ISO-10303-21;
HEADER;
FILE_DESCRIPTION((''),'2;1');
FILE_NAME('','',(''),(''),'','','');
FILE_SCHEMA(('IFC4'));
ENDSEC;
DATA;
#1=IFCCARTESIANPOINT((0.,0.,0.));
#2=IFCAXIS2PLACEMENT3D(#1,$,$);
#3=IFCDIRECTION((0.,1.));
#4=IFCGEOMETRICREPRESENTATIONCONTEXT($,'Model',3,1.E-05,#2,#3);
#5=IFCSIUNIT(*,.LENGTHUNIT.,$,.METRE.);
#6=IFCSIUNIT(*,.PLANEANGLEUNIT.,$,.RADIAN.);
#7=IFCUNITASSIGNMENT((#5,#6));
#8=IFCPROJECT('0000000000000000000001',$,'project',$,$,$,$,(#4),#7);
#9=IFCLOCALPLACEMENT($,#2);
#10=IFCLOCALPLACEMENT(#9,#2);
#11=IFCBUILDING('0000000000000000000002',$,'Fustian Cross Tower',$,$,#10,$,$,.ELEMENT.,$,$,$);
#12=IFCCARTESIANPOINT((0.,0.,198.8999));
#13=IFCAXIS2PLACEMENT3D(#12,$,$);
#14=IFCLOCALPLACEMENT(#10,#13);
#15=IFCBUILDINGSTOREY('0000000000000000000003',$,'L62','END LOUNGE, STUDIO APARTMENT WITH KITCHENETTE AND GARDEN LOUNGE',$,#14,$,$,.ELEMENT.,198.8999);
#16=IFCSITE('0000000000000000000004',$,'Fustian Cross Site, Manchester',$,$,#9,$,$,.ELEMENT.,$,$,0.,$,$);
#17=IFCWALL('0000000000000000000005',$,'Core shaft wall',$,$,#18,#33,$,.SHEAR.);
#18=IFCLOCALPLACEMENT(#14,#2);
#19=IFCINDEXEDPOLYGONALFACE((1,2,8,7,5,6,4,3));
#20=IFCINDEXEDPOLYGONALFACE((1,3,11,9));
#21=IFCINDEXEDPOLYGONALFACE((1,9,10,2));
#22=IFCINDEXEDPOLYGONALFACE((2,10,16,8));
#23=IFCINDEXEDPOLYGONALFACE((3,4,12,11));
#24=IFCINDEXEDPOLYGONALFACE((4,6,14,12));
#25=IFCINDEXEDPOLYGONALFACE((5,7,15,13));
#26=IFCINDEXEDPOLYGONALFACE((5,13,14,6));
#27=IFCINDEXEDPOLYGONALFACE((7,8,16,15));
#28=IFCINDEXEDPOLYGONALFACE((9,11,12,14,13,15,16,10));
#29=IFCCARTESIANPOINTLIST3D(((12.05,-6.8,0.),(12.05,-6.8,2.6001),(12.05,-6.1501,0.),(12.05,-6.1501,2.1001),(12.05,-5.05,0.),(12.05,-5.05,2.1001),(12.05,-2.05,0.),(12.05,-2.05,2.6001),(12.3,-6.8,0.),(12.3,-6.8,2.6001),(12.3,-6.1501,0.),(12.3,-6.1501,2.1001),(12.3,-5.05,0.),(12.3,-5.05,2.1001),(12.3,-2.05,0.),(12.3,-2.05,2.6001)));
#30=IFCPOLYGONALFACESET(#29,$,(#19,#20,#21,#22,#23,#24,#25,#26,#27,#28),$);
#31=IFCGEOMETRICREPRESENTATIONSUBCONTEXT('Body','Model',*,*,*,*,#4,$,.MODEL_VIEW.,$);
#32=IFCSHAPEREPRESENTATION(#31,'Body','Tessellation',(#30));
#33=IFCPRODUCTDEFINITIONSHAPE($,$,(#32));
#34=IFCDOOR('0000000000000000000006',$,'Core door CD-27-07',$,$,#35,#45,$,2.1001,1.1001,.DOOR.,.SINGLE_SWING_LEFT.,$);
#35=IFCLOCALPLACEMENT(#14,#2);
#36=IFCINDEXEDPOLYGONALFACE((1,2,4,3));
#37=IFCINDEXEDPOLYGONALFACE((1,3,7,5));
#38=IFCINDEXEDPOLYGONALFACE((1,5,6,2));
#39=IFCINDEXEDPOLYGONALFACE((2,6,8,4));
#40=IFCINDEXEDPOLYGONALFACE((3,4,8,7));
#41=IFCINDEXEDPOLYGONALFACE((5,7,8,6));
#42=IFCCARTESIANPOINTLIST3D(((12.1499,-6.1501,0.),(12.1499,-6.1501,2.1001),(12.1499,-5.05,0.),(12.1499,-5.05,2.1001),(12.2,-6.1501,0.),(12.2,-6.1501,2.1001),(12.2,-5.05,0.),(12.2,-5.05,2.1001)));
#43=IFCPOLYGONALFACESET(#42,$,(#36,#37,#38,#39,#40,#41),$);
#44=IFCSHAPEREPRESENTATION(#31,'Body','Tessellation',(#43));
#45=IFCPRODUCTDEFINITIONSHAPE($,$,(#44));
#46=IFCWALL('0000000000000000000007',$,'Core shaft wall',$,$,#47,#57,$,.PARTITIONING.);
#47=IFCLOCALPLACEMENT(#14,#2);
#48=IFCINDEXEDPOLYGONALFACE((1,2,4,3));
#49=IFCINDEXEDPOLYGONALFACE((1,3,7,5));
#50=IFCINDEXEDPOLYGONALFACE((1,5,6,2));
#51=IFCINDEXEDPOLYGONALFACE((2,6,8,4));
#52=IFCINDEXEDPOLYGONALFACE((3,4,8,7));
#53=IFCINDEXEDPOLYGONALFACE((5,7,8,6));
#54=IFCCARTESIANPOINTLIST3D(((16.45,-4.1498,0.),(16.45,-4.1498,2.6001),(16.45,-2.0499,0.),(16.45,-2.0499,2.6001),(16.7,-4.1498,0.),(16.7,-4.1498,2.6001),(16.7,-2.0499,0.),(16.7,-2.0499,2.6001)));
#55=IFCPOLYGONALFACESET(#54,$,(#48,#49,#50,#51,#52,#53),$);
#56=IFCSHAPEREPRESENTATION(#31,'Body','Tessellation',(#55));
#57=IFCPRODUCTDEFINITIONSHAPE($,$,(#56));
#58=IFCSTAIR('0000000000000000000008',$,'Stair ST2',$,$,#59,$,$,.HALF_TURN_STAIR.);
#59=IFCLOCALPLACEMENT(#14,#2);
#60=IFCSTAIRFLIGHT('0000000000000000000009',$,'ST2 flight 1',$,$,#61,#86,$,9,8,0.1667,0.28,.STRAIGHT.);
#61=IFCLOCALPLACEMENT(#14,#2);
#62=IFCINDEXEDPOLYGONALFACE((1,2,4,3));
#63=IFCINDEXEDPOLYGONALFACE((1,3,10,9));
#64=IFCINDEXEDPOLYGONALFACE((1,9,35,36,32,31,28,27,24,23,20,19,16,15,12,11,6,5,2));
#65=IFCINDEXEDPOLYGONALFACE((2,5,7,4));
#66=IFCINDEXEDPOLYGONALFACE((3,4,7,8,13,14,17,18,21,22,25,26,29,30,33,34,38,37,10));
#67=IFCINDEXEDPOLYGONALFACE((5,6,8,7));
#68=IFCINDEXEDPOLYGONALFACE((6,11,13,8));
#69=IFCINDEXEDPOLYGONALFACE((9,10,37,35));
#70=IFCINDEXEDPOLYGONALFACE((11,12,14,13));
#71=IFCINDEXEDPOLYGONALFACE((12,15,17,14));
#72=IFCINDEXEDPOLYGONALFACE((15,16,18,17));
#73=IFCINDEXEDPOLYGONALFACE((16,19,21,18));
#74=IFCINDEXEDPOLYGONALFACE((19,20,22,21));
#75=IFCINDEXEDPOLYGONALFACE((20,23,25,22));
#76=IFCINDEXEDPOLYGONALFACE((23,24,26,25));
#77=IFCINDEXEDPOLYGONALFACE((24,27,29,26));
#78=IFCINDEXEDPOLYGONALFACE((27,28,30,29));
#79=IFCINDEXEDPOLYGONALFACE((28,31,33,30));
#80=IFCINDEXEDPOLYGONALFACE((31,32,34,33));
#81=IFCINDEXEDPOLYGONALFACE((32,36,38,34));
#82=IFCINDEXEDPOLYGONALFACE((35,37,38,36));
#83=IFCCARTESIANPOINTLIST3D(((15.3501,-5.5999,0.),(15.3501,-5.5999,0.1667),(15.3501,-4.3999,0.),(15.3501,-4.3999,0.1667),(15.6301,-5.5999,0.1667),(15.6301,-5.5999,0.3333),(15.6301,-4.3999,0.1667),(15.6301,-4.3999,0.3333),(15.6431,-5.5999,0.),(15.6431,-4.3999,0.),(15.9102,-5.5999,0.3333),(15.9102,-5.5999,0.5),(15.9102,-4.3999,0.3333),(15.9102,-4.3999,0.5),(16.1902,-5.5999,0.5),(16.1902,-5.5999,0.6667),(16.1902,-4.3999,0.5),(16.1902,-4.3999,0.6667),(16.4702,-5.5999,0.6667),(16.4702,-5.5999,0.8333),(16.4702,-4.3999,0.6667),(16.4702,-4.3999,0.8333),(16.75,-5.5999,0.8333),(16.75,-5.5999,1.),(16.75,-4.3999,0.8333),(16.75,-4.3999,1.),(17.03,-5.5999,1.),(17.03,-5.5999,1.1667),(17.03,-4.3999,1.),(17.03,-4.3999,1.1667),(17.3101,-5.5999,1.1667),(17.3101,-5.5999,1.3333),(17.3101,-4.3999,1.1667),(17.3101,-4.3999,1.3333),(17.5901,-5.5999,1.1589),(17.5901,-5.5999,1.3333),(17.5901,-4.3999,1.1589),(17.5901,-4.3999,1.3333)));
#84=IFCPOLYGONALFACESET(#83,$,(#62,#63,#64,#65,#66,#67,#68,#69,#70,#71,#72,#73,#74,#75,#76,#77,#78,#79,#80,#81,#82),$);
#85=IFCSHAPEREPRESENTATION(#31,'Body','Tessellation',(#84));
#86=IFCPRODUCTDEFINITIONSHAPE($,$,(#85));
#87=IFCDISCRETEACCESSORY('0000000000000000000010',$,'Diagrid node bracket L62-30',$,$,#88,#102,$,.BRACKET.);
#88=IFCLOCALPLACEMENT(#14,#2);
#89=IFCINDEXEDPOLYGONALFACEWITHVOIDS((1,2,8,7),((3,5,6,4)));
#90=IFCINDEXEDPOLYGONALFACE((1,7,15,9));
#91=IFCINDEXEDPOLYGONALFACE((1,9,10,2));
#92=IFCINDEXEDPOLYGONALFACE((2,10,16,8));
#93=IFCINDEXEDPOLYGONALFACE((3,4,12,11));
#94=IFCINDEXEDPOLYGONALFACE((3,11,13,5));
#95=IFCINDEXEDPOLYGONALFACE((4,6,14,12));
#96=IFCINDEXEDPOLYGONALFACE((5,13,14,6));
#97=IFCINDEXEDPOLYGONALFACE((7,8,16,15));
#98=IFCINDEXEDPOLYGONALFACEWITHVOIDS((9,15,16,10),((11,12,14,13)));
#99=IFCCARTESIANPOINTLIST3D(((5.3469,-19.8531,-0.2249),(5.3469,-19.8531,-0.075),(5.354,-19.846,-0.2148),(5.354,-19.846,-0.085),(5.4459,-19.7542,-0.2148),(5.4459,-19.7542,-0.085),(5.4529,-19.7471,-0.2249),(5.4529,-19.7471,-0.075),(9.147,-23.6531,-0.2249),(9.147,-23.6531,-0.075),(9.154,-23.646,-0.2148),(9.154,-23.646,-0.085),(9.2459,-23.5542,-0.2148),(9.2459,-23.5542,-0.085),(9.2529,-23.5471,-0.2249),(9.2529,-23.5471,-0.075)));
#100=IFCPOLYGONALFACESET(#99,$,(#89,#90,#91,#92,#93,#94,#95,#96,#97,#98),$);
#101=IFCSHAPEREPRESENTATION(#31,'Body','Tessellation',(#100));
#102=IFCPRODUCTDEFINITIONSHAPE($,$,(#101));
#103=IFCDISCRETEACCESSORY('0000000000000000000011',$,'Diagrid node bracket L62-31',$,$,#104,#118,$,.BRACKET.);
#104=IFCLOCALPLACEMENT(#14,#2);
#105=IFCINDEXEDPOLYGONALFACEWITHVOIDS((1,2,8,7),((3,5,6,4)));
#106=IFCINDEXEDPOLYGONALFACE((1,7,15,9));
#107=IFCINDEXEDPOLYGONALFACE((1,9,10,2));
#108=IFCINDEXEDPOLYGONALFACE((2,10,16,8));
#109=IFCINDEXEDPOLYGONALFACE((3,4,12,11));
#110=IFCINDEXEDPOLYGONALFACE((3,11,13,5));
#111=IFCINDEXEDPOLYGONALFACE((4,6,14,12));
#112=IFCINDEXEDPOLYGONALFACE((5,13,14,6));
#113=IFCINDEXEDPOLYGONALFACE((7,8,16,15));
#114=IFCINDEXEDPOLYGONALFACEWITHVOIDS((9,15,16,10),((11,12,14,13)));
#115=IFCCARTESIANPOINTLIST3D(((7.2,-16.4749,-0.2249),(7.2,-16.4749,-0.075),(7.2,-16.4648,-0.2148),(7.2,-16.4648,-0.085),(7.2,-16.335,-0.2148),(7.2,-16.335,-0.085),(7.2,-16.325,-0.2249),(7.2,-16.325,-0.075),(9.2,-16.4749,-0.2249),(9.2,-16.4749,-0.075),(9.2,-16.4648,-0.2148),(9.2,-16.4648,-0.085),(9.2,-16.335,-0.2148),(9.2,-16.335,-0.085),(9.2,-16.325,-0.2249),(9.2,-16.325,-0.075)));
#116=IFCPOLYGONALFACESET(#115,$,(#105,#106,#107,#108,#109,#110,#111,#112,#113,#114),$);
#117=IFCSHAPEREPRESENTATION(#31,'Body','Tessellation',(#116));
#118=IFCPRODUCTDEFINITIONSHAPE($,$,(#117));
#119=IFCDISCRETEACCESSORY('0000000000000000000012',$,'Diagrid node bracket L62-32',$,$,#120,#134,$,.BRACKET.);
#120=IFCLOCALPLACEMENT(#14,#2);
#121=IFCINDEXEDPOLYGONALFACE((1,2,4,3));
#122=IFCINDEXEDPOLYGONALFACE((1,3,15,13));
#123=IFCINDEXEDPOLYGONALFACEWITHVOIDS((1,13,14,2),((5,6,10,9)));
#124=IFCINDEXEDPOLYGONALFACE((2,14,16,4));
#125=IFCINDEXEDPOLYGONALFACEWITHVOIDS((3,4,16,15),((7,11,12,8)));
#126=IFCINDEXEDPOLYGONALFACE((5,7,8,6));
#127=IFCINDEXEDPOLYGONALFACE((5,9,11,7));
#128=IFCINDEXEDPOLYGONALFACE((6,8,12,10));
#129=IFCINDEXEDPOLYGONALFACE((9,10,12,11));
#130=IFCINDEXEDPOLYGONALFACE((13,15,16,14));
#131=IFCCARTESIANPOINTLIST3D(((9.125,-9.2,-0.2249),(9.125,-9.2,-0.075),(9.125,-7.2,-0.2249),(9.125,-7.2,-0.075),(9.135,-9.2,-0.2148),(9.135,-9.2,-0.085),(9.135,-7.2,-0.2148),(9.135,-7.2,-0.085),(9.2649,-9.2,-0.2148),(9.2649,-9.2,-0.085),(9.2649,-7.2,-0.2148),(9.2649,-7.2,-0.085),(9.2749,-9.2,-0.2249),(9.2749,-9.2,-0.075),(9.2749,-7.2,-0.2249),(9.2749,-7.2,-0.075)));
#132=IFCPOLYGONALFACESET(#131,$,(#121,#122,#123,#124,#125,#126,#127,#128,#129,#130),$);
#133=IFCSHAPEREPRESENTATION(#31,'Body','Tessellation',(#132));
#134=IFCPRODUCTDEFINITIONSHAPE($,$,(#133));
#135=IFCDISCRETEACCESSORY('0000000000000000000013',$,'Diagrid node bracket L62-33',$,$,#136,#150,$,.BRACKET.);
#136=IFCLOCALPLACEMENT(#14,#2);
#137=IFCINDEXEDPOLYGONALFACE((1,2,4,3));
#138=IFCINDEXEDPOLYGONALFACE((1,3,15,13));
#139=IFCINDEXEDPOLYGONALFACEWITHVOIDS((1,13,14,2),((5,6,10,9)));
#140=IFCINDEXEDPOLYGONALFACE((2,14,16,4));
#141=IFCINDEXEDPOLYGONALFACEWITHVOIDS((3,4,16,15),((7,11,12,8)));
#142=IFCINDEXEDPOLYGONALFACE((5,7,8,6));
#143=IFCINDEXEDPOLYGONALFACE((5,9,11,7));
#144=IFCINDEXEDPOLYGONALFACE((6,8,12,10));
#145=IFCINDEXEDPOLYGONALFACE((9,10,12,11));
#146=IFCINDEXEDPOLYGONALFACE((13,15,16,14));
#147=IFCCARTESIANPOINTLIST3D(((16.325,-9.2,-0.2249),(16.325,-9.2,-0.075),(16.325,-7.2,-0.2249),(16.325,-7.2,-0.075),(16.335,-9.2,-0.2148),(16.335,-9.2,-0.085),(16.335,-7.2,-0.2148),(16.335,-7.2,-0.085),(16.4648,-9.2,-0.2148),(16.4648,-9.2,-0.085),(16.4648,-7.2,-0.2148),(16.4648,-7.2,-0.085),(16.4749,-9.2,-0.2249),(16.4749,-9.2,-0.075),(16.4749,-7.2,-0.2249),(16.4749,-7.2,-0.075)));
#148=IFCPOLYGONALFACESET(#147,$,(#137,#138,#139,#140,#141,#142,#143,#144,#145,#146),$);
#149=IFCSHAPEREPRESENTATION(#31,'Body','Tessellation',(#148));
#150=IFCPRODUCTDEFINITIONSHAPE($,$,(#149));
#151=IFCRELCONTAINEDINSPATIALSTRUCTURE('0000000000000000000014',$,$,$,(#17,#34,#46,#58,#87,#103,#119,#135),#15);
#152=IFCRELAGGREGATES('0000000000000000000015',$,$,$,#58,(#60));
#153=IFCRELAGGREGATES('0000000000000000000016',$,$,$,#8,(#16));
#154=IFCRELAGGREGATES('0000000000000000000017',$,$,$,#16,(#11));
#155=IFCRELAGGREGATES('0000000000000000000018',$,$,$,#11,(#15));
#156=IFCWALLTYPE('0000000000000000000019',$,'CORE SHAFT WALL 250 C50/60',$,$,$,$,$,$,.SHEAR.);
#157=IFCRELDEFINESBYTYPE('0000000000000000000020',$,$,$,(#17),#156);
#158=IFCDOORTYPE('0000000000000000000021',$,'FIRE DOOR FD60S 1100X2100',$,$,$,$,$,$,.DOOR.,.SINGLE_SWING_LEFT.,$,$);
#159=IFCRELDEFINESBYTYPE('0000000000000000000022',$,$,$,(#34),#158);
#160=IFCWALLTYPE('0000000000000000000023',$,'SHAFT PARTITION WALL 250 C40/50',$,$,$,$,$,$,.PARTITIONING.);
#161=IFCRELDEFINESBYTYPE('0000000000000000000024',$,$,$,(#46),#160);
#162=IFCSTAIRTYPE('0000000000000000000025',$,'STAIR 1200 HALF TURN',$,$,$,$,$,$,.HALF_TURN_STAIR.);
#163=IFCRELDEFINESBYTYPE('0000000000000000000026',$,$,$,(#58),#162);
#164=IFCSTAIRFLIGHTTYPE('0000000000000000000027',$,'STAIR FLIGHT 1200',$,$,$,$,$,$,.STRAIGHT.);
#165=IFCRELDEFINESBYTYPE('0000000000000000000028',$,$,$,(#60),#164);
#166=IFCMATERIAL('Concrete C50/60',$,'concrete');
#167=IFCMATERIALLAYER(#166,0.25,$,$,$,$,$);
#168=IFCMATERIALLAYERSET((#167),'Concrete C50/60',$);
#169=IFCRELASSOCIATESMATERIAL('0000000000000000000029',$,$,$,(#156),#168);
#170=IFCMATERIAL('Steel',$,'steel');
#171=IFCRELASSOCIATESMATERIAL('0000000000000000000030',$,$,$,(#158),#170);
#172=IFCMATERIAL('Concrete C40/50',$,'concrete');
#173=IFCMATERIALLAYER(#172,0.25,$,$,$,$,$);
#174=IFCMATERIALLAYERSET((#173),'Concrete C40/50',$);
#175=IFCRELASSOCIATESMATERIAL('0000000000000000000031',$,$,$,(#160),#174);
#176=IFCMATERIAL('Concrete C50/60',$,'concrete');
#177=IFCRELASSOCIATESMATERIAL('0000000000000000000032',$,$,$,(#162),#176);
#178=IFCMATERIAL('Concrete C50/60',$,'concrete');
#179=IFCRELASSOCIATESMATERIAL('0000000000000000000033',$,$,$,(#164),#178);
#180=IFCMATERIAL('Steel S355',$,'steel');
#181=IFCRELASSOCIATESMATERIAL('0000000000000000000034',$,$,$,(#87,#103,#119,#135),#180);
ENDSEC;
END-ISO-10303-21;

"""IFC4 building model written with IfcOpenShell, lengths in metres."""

from ifc_helpers import new_model, si_unit, direction, frame, frame_2d, origin, origin_2d, place, context, subcontext, project, spatial, polyline, rectangle, hollow_rectangle, outline, extrude, material, layer, layer_set, type_object, element, fill, aggregate, save


model = new_model("IFC4")

# Units and contexts
model_context = context("Model", 3, precision=1e-05, world=origin(), true_north=direction((0.0, 1.0)))
body_context = subcontext(model_context, "Body", "Model", "MODEL_VIEW")
ifc_project = project(units=[si_unit("LENGTHUNIT", "METRE"), si_unit("PLANEANGLEUNIT", "RADIAN")], contexts=[model_context])

# Site, building, storey
site_placement = place(None, origin())
site = spatial("IfcSite", under=ifc_project, at=site_placement, Name="Fustian Cross Site, Manchester", CompositionType="ELEMENT", RefElevation=0.0)
building_placement = place(site_placement, origin())
building = spatial("IfcBuilding", under=site, at=building_placement, Name="Fustian Cross Tower", CompositionType="ELEMENT")
storey_placement = place(building_placement, frame((0.0, 0.0, 198.8999)))
storey = spatial("IfcBuildingStorey", under=building, at=storey_placement, Name="L62", Description="END LOUNGE, STUDIO APARTMENT WITH KITCHENETTE AND GARDEN LOUNGE", CompositionType="ELEMENT", Elevation=198.8999)

# Shared definitions
ifc_material_1 = material(Name="Concrete C50/60", Category="concrete")
ifc_layer_1 = layer(ifc_material_1, 0.25)
ifc_layer_set_1 = layer_set([ifc_layer_1], Name="Concrete C50/60")
wall_type_1 = type_object("IfcWallType", Name="CORE SHAFT WALL 250 C50/60", PredefinedType="SHEAR", material=ifc_layer_set_1)

# Wall, opening, door
wall_1_placement = place(storey_placement, frame((12.175, -2.05, 0.0), z_axis=(0.0, 0.0, 1.0), x_axis=(0.0, -1.0, 0.0)))
wall_1 = element("IfcWall", 1, at=wall_1_placement, inside=storey, type_object=wall_type_1, Name="Core shaft wall", PredefinedType="SHEAR", context=body_context, shape_type="SweptSolid", body=[
    extrude(rectangle(XDim=4.75, YDim=0.25, at=frame_2d((2.375, 0.0))), origin(), (0.0, 0.0, 1.0), 2.6001),
])
opening_1_placement = place(wall_1_placement, frame((3.0, 0.0, 0.0)))
opening_1 = element("IfcOpeningElement", 2, at=opening_1_placement, cuts=wall_1, PredefinedType="OPENING", context=body_context, shape_type="SweptSolid", body=[
    extrude(rectangle(XDim=1.1001, YDim=2.1001, at=frame_2d((0.55, 1.05))), frame((0.0, 0.135, 0.0), z_axis=(0.0, -1.0, 0.0), x_axis=(1.0, 0.0, 0.0)), (0.0, 0.0, 1.0), 0.27),
])
ifc_material_2 = material(Name="Steel", Category="steel")
door_type_1 = type_object("IfcDoorType", Name="FIRE DOOR FD60S 1100X2100", OperationType="SINGLE_SWING_LEFT", PredefinedType="DOOR", material=ifc_material_2)
door_1_placement = place(opening_1_placement, origin())
door_1 = element("IfcDoor", 3, at=door_1_placement, inside=storey, type_object=door_type_1, Name="Core door CD-27-07", OperationType="SINGLE_SWING_LEFT", OverallHeight=2.1001, OverallWidth=1.1001, PredefinedType="DOOR", context=body_context, shape_type="SweptSolid", body=[
    extrude(rectangle(XDim=1.1001, YDim=2.1001, at=frame_2d((0.55, 1.05))), frame((0.0, 0.0249, 0.0), z_axis=(0.0, -1.0, 0.0), x_axis=(1.0, 0.0, 0.0)), (0.0, 0.0, 1.0), 0.05),
])
fill(opening_1, door_1)

# Wall
ifc_material_3 = material(Name="Concrete C40/50", Category="concrete")
ifc_layer_2 = layer(ifc_material_3, 0.25)
ifc_layer_set_2 = layer_set([ifc_layer_2], Name="Concrete C40/50")
wall_type_2 = type_object("IfcWallType", Name="SHAFT PARTITION WALL 250 C40/50", PredefinedType="PARTITIONING", material=ifc_layer_set_2)
wall_2_placement = place(storey_placement, frame((16.575, -2.05, 0.0), z_axis=(0.0, 0.0, 1.0), x_axis=(0.0, -1.0, 0.0)))
element("IfcWall", 4, at=wall_2_placement, inside=storey, type_object=wall_type_2, Name="Core shaft wall", PredefinedType="PARTITIONING", context=body_context, shape_type="SweptSolid", body=[
    extrude(rectangle(XDim=2.0999, YDim=0.25, at=frame_2d((1.0498, 0.0))), origin(), (0.0, 0.0, 1.0), 2.6001),
])

# Stair, stair flight
ifc_material_4 = material(Name="Concrete C50/60", Category="concrete")
stair_type = type_object("IfcStairType", Name="STAIR 1200 HALF TURN", PredefinedType="HALF_TURN_STAIR", material=ifc_material_4)
stair_placement = place(storey_placement, origin())
stair = element("IfcStair", 5, at=stair_placement, inside=storey, type_object=stair_type, Name="Stair ST2", PredefinedType="HALF_TURN_STAIR")
ifc_material_5 = material(Name="Concrete C50/60", Category="concrete")
stair_flight_type = type_object("IfcStairFlightType", Name="STAIR FLIGHT 1200", PredefinedType="STRAIGHT", material=ifc_material_5)
stair_flight_placement = place(storey_placement, frame((15.3501, -5.0, 0.0), z_axis=(0.0, 0.0, 1.0), x_axis=(1.0, 0.0, 0.0)))
stair_flight = element("IfcStairFlight", 6, at=stair_flight_placement, type_object=stair_flight_type, Name="ST2 flight 1", NumberOfRisers=9, NumberOfTreads=8, PredefinedType="STRAIGHT", RiserHeight=0.1667, TreadLength=0.28, context=body_context, shape_type="SweptSolid", body=[
    extrude(outline(polyline([(0.0, 0.0), (0.0, 0.1667), (0.28, 0.1667), (0.28, 0.3333), (0.5601, 0.3333), (0.5601, 0.5), (0.8401, 0.5), (0.8401, 0.6667), (1.1201, 0.6667), (1.1201, 0.8333), (1.3999, 0.8333), (1.3999, 1.0), (1.6799, 1.0), (1.6799, 1.1667), (1.96, 1.1667), (1.96, 1.3333), (2.24, 1.3333), (2.24, 1.5), (2.24, 1.1589), (0.293, 0.0), (0.0, 0.0)])), frame((0.0, 0.6001, 0.0), z_axis=(0.0, -1.0, 0.0), x_axis=(1.0, 0.0, 0.0)), (0.0, 0.0, 1.0), 1.2),
])
aggregate(stair, [stair_flight])

# Discrete accessories
ifc_material_6 = material(Name="Steel S355", Category="steel")
discrete_accessory_placement = place(storey_placement, frame((9.2, -23.6001, -0.1499), z_axis=(-0.707107, 0.707107, 0.0), x_axis=(-0.707107, -0.707107, 0.0)))
element("IfcDiscreteAccessory", 7, at=discrete_accessory_placement, inside=storey, material=ifc_material_6, Name="Diagrid node bracket L62-30", PredefinedType="BRACKET", context=body_context, shape_type="SweptSolid", body=[
    extrude(hollow_rectangle(XDim=0.1499, YDim=0.1499, WallThickness=0.01, at=origin_2d()), origin(), (0.0, 0.0, 1.0), 5.374),
])
for number, where, z_axis, x_axis, name in (
    (8, (9.2, -16.3999, -0.1499), (-1.0, 0.0, 0.0), (0.0, -1.0, 0.0), "Diagrid node bracket L62-31"),
    (9, (9.2, -9.2, -0.1499), (0.0, 1.0, 0.0), (-1.0, 0.0, 0.0), "Diagrid node bracket L62-32"),
    (10, (16.3999, -9.2, -0.1499), (0.0, 1.0, 0.0), (-1.0, 0.0, 0.0), "Diagrid node bracket L62-33"),
):
    element("IfcDiscreteAccessory", number, at=place(storey_placement, frame(where, z_axis=z_axis, x_axis=x_axis)), inside=storey, material=ifc_material_6, Name=name, PredefinedType="BRACKET", context=body_context, shape_type="SweptSolid", body=[
        extrude(hollow_rectangle(XDim=0.1499, YDim=0.1499, WallThickness=0.01, at=origin_2d()), origin(), (0.0, 0.0, 1.0), 2.0),
    ])

save(model, "model.ifc")
